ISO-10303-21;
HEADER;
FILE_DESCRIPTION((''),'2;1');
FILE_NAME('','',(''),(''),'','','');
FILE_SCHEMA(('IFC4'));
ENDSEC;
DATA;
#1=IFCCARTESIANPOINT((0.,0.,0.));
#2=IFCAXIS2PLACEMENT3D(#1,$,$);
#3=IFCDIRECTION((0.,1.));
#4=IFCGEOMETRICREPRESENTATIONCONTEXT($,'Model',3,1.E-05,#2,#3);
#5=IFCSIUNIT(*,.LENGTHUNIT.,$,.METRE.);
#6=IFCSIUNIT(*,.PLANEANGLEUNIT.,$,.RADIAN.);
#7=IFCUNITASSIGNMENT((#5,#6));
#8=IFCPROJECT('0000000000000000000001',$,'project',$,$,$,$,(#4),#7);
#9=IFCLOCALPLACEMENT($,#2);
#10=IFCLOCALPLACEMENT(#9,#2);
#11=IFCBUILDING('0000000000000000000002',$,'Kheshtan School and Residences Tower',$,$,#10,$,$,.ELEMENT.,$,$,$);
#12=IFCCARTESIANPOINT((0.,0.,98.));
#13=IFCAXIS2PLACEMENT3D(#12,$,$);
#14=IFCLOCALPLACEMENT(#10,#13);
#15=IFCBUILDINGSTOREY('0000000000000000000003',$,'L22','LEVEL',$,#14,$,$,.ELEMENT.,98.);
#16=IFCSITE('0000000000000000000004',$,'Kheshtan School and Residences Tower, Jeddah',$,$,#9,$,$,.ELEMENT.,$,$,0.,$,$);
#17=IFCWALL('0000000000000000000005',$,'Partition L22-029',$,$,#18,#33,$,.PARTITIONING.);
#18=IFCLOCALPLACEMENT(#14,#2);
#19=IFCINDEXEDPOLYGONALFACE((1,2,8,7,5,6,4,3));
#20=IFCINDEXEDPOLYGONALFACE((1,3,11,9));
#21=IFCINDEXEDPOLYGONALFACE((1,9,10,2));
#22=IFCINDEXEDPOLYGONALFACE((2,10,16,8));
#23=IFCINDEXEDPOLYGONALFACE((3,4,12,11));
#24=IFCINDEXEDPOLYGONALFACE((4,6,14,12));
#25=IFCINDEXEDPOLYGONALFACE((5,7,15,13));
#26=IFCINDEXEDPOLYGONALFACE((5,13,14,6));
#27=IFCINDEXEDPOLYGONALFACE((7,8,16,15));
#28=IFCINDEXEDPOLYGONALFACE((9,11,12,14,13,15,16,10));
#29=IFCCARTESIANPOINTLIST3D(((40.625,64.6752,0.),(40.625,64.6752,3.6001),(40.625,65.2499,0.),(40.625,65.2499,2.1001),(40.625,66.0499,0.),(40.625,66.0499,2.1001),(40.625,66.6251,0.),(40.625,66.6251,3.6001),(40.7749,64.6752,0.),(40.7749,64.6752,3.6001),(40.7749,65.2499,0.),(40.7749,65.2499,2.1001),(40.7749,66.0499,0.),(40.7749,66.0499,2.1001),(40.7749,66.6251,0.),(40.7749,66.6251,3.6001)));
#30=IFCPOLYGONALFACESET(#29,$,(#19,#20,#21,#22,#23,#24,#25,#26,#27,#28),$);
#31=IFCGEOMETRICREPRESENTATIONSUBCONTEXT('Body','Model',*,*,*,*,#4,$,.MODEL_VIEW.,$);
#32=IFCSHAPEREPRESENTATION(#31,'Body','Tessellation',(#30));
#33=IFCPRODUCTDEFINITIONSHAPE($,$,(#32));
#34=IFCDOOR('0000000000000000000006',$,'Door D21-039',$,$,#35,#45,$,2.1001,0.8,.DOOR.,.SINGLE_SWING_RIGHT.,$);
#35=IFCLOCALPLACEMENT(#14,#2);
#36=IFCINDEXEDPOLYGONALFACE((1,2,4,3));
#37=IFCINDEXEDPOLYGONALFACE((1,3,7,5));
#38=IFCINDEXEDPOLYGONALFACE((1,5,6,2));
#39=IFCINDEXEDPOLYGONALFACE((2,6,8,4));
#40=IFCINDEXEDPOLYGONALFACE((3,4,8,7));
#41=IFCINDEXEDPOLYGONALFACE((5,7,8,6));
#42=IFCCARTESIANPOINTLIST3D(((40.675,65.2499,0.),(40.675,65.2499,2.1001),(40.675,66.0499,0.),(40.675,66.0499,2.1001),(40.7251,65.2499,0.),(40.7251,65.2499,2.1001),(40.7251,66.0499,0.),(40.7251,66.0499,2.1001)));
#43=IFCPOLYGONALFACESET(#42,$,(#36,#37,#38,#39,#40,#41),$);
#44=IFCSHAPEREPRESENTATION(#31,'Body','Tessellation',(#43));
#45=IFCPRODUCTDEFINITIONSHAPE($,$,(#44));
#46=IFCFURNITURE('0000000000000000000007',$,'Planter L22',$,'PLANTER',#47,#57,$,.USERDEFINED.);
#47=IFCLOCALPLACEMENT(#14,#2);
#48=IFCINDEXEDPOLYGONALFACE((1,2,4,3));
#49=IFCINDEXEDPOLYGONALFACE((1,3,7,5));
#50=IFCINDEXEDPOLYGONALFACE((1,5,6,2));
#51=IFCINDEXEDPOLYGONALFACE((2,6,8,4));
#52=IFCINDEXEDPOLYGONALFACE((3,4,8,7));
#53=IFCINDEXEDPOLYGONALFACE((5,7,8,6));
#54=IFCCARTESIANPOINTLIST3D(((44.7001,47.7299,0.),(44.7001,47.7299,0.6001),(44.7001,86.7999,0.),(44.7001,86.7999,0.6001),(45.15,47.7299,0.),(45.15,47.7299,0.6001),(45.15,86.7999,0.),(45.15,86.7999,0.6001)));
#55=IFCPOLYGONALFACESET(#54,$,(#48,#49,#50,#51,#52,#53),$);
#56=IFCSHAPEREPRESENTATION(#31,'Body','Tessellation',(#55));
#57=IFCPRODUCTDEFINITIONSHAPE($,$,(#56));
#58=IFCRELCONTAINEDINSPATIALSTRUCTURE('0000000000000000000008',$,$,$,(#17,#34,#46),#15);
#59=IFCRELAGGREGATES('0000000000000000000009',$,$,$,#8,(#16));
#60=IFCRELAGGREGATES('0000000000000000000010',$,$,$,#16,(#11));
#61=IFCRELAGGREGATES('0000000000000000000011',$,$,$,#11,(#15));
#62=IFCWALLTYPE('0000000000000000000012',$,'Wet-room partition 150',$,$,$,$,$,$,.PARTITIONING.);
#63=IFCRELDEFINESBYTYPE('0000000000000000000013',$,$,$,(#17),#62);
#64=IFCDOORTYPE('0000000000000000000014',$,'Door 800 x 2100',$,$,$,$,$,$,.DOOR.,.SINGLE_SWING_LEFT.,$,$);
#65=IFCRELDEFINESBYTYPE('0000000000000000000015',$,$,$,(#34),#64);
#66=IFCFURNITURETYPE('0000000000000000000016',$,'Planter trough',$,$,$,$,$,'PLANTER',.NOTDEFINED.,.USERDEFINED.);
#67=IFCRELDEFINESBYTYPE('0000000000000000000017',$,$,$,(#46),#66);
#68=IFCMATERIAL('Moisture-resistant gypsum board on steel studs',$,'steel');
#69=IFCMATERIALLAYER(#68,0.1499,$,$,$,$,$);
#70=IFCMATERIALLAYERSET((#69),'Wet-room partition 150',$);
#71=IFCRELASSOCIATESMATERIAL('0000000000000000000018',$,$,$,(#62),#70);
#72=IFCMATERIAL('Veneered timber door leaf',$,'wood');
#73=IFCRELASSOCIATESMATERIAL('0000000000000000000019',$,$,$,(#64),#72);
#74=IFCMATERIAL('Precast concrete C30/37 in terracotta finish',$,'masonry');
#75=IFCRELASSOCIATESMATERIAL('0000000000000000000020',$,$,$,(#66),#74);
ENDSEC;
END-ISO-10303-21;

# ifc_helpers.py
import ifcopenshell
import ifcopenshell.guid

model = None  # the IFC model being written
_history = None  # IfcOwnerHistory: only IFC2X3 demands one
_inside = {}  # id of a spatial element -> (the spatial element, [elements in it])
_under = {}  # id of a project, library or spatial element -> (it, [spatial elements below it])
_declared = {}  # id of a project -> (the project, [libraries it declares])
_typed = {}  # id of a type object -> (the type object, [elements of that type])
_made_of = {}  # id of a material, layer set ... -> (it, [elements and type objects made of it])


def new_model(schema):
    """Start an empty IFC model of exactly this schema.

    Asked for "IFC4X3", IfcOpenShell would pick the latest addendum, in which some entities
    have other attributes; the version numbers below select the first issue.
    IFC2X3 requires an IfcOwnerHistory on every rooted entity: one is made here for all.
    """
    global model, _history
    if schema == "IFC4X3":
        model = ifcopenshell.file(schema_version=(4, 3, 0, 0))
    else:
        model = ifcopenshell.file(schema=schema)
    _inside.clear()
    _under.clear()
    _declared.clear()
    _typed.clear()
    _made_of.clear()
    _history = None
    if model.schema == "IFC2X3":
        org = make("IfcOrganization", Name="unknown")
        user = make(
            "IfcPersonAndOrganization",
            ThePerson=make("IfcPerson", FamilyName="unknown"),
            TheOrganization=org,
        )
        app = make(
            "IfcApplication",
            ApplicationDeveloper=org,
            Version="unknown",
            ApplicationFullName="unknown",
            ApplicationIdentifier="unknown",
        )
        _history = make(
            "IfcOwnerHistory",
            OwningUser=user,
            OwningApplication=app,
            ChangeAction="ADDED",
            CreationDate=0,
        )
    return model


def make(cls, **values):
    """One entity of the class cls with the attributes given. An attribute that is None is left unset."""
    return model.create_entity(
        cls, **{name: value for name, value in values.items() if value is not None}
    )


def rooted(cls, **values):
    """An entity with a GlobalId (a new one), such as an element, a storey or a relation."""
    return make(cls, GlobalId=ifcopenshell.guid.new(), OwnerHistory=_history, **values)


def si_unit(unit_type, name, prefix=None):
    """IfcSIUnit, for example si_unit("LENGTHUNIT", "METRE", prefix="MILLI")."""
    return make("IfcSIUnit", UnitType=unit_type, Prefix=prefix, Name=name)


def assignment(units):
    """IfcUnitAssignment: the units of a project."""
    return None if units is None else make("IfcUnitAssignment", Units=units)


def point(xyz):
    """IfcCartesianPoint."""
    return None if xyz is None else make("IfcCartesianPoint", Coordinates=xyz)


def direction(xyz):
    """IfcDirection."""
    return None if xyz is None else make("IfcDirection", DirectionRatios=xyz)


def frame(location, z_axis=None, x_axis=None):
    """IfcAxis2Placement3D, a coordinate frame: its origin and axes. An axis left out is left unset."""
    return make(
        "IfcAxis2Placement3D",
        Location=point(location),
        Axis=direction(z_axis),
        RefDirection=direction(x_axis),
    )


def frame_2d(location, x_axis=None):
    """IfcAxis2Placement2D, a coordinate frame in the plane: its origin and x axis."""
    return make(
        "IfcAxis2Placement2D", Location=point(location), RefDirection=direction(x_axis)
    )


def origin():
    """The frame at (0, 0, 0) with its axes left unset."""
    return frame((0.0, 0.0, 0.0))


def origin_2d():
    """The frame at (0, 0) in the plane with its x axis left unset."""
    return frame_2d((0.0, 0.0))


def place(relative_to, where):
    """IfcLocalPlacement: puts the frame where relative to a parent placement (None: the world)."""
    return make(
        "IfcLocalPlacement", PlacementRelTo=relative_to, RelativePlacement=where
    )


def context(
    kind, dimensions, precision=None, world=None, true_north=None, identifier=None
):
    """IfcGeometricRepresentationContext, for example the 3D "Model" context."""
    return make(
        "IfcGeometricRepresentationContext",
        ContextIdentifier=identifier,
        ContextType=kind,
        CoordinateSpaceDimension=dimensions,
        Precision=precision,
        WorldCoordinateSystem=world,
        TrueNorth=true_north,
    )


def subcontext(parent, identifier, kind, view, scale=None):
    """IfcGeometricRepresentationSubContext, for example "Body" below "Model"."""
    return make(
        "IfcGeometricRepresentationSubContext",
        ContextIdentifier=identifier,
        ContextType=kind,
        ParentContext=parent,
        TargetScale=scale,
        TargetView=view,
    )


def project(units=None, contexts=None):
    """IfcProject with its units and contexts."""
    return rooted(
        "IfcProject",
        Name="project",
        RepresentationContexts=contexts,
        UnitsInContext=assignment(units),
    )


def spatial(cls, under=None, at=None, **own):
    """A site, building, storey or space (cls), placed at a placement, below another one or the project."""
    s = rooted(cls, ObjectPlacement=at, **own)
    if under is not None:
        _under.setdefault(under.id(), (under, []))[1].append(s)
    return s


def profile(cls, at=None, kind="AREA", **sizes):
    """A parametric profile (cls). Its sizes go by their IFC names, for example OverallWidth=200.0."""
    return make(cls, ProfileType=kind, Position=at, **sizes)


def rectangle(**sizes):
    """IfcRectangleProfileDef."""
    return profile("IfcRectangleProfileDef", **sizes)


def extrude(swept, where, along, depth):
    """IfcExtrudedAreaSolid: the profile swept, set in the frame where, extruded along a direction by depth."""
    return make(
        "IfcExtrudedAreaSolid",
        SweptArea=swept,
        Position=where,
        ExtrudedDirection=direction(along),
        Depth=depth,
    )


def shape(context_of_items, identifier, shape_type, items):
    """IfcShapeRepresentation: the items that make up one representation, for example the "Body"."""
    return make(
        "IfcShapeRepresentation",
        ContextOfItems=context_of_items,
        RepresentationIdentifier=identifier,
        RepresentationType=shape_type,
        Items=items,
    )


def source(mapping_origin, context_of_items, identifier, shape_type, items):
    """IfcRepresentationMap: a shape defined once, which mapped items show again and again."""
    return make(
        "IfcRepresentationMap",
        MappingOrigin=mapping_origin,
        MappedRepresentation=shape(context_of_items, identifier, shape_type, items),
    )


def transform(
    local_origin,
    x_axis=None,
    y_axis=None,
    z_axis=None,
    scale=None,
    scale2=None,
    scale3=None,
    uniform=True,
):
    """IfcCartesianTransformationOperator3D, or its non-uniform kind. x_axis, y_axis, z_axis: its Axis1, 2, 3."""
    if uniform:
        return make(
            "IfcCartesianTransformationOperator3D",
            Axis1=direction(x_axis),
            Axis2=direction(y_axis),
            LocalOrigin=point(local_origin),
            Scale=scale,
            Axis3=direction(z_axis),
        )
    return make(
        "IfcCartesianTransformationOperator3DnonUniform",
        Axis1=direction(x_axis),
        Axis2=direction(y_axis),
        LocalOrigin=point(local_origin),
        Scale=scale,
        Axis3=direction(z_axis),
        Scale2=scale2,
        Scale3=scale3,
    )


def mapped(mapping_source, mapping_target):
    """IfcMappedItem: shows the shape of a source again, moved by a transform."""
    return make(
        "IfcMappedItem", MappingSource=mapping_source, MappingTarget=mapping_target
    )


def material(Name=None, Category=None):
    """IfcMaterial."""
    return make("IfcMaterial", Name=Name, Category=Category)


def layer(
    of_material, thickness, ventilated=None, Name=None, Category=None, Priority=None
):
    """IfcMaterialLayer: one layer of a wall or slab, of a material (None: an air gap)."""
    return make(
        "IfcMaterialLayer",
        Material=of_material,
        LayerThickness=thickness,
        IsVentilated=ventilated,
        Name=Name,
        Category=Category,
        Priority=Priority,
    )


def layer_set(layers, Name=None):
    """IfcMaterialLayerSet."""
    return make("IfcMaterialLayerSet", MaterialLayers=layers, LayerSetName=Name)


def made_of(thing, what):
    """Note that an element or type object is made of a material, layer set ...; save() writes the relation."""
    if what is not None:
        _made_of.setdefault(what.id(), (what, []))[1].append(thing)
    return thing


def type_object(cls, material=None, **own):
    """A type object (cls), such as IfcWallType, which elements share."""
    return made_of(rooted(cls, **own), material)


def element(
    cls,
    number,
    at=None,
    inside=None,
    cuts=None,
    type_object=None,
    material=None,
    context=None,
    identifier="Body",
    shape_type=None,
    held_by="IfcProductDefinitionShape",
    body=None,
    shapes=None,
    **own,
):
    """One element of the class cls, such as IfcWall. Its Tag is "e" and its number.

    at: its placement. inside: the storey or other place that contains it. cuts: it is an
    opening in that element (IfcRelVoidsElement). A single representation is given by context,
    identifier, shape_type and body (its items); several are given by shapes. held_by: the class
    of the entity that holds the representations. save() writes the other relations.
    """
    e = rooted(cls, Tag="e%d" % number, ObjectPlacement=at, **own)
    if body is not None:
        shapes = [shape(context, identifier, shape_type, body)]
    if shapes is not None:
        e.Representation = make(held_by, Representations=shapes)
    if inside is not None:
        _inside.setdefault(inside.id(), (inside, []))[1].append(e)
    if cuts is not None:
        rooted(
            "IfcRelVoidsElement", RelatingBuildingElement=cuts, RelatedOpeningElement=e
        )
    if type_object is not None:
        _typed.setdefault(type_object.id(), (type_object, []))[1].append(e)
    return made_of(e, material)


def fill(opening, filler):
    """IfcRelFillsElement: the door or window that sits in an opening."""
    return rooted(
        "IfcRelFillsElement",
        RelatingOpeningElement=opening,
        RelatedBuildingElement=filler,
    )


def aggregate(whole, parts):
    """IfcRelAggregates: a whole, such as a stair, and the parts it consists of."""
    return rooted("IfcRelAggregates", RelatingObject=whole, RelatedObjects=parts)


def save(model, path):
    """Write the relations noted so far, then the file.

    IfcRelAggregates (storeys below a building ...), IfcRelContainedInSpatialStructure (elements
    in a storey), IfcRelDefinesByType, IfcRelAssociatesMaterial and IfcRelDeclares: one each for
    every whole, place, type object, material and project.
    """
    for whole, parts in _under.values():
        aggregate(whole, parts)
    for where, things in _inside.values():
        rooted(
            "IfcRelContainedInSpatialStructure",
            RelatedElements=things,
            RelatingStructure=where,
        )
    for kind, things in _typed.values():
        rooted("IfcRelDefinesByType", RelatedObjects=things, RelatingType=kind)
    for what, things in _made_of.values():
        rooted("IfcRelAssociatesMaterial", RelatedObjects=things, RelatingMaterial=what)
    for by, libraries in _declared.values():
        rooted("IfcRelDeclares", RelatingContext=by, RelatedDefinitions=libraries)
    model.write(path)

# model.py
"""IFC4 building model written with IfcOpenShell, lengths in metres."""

from ifc_helpers import new_model, si_unit, direction, frame, frame_2d, origin, origin_2d, place, context, subcontext, project, spatial, rectangle, extrude, source, transform, mapped, material, layer, layer_set, type_object, element, fill, save


model = new_model("IFC4")

# Units and contexts
model_context = context("Model", 3, precision=1e-05, world=origin(), true_north=direction((0.0, 1.0)))
body_context = subcontext(model_context, "Body", "Model", "MODEL_VIEW")
ifc_project = project(units=[si_unit("LENGTHUNIT", "METRE"), si_unit("PLANEANGLEUNIT", "RADIAN")], contexts=[model_context])

# Site, building, storey
site_placement = place(None, origin())
site = spatial("IfcSite", under=ifc_project, at=site_placement, Name="Kheshtan School and Residences Tower, Jeddah", CompositionType="ELEMENT", RefElevation=0.0)
building_placement = place(site_placement, origin())
building = spatial("IfcBuilding", under=site, at=building_placement, Name="Kheshtan School and Residences Tower", CompositionType="ELEMENT")
storey_placement = place(building_placement, frame((0.0, 0.0, 98.0)))
storey = spatial("IfcBuildingStorey", under=building, at=storey_placement, Name="L22", Description="LEVEL", CompositionType="ELEMENT", Elevation=98.0)

# Wall, opening, door
ifc_material_1 = material(Name="Moisture-resistant gypsum board on steel studs", Category="steel")
ifc_layer_1 = layer(ifc_material_1, 0.1499)
ifc_layer_set_1 = layer_set([ifc_layer_1], Name="Wet-room partition 150")
wall_type_1 = type_object("IfcWallType", Name="Wet-room partition 150", PredefinedType="PARTITIONING", material=ifc_layer_set_1)
wall_1_placement = place(storey_placement, frame((40.7, 64.675, 0.0), z_axis=(0.0, 0.0, 1.0), x_axis=(0.0, 1.0, 0.0)))
wall_1 = element("IfcWall", 1, at=wall_1_placement, inside=storey, type_object=wall_type_1, Name="Partition L22-029", PredefinedType="PARTITIONING", context=body_context, shape_type="SweptSolid", body=[
    extrude(rectangle(XDim=1.95, YDim=0.1499, at=frame_2d((0.9751, 0.0))), origin(), (0.0, 0.0, 1.0), 3.6001),
])
opening_1_placement = place(wall_1_placement, frame((0.575, 0.0, 0.0)))
opening_1 = element("IfcOpeningElement", 2, at=opening_1_placement, cuts=wall_1, PredefinedType="OPENING", context=body_context, shape_type="SweptSolid", body=[
    extrude(rectangle(XDim=0.8, YDim=2.1001, at=frame_2d((0.3999, 1.05))), frame((0.0, 0.085, 0.0), z_axis=(0.0, -1.0, 0.0), x_axis=(1.0, 0.0, 0.0)), (0.0, 0.0, 1.0), 0.1699),
])
ifc_material_2 = material(Name="Veneered timber door leaf", Category="wood")
door_type_1 = type_object("IfcDoorType", Name="Door 800 x 2100", OperationType="SINGLE_SWING_LEFT", PredefinedType="DOOR", material=ifc_material_2)
shared_shape_1 = source(origin(), body_context, "Body", "SweptSolid", [
    extrude(rectangle(XDim=0.8, YDim=2.1001, at=frame_2d((0.3999, 1.05))), frame((0.0, 0.0249, 0.0), z_axis=(0.0, -1.0, 0.0), x_axis=(1.0, 0.0, 0.0)), (0.0, 0.0, 1.0), 0.05),
])
door_1_placement = place(opening_1_placement, origin())
door_1 = element("IfcDoor", 3, at=door_1_placement, inside=storey, type_object=door_type_1, Name="Door D21-039", OperationType="SINGLE_SWING_RIGHT", OverallHeight=2.1001, OverallWidth=0.8, PredefinedType="DOOR", context=body_context, shape_type="MappedRepresentation", body=[
    mapped(shared_shape_1, transform((0.0, 0.0, 0.0), x_axis=(1.0, 0.0, 0.0), y_axis=(0.0, 1.0, 0.0), z_axis=(0.0, 0.0, 1.0), scale=1.0)),
])
fill(opening_1, door_1)

# Furniture
ifc_material_3 = material(Name="Precast concrete C30/37 in terracotta finish", Category="masonry")
furniture_type = type_object("IfcFurnitureType", Name="Planter trough", ElementType="PLANTER", AssemblyPlace="NOTDEFINED", PredefinedType="USERDEFINED", material=ifc_material_3)
furniture_placement = place(storey_placement, frame((44.925, 67.2649, 0.0), z_axis=(0.0, 0.0, 1.0), x_axis=(0.0, -1.0, 0.0)))
element("IfcFurniture", 4, at=furniture_placement, inside=storey, type_object=furniture_type, Name="Planter L22", ObjectType="PLANTER", PredefinedType="USERDEFINED", context=body_context, shape_type="SweptSolid", body=[
    extrude(rectangle(XDim=39.0701, YDim=0.45, at=origin_2d()), origin(), (0.0, 0.0, 1.0), 0.6001),
])

save(model, "model.ifc")
